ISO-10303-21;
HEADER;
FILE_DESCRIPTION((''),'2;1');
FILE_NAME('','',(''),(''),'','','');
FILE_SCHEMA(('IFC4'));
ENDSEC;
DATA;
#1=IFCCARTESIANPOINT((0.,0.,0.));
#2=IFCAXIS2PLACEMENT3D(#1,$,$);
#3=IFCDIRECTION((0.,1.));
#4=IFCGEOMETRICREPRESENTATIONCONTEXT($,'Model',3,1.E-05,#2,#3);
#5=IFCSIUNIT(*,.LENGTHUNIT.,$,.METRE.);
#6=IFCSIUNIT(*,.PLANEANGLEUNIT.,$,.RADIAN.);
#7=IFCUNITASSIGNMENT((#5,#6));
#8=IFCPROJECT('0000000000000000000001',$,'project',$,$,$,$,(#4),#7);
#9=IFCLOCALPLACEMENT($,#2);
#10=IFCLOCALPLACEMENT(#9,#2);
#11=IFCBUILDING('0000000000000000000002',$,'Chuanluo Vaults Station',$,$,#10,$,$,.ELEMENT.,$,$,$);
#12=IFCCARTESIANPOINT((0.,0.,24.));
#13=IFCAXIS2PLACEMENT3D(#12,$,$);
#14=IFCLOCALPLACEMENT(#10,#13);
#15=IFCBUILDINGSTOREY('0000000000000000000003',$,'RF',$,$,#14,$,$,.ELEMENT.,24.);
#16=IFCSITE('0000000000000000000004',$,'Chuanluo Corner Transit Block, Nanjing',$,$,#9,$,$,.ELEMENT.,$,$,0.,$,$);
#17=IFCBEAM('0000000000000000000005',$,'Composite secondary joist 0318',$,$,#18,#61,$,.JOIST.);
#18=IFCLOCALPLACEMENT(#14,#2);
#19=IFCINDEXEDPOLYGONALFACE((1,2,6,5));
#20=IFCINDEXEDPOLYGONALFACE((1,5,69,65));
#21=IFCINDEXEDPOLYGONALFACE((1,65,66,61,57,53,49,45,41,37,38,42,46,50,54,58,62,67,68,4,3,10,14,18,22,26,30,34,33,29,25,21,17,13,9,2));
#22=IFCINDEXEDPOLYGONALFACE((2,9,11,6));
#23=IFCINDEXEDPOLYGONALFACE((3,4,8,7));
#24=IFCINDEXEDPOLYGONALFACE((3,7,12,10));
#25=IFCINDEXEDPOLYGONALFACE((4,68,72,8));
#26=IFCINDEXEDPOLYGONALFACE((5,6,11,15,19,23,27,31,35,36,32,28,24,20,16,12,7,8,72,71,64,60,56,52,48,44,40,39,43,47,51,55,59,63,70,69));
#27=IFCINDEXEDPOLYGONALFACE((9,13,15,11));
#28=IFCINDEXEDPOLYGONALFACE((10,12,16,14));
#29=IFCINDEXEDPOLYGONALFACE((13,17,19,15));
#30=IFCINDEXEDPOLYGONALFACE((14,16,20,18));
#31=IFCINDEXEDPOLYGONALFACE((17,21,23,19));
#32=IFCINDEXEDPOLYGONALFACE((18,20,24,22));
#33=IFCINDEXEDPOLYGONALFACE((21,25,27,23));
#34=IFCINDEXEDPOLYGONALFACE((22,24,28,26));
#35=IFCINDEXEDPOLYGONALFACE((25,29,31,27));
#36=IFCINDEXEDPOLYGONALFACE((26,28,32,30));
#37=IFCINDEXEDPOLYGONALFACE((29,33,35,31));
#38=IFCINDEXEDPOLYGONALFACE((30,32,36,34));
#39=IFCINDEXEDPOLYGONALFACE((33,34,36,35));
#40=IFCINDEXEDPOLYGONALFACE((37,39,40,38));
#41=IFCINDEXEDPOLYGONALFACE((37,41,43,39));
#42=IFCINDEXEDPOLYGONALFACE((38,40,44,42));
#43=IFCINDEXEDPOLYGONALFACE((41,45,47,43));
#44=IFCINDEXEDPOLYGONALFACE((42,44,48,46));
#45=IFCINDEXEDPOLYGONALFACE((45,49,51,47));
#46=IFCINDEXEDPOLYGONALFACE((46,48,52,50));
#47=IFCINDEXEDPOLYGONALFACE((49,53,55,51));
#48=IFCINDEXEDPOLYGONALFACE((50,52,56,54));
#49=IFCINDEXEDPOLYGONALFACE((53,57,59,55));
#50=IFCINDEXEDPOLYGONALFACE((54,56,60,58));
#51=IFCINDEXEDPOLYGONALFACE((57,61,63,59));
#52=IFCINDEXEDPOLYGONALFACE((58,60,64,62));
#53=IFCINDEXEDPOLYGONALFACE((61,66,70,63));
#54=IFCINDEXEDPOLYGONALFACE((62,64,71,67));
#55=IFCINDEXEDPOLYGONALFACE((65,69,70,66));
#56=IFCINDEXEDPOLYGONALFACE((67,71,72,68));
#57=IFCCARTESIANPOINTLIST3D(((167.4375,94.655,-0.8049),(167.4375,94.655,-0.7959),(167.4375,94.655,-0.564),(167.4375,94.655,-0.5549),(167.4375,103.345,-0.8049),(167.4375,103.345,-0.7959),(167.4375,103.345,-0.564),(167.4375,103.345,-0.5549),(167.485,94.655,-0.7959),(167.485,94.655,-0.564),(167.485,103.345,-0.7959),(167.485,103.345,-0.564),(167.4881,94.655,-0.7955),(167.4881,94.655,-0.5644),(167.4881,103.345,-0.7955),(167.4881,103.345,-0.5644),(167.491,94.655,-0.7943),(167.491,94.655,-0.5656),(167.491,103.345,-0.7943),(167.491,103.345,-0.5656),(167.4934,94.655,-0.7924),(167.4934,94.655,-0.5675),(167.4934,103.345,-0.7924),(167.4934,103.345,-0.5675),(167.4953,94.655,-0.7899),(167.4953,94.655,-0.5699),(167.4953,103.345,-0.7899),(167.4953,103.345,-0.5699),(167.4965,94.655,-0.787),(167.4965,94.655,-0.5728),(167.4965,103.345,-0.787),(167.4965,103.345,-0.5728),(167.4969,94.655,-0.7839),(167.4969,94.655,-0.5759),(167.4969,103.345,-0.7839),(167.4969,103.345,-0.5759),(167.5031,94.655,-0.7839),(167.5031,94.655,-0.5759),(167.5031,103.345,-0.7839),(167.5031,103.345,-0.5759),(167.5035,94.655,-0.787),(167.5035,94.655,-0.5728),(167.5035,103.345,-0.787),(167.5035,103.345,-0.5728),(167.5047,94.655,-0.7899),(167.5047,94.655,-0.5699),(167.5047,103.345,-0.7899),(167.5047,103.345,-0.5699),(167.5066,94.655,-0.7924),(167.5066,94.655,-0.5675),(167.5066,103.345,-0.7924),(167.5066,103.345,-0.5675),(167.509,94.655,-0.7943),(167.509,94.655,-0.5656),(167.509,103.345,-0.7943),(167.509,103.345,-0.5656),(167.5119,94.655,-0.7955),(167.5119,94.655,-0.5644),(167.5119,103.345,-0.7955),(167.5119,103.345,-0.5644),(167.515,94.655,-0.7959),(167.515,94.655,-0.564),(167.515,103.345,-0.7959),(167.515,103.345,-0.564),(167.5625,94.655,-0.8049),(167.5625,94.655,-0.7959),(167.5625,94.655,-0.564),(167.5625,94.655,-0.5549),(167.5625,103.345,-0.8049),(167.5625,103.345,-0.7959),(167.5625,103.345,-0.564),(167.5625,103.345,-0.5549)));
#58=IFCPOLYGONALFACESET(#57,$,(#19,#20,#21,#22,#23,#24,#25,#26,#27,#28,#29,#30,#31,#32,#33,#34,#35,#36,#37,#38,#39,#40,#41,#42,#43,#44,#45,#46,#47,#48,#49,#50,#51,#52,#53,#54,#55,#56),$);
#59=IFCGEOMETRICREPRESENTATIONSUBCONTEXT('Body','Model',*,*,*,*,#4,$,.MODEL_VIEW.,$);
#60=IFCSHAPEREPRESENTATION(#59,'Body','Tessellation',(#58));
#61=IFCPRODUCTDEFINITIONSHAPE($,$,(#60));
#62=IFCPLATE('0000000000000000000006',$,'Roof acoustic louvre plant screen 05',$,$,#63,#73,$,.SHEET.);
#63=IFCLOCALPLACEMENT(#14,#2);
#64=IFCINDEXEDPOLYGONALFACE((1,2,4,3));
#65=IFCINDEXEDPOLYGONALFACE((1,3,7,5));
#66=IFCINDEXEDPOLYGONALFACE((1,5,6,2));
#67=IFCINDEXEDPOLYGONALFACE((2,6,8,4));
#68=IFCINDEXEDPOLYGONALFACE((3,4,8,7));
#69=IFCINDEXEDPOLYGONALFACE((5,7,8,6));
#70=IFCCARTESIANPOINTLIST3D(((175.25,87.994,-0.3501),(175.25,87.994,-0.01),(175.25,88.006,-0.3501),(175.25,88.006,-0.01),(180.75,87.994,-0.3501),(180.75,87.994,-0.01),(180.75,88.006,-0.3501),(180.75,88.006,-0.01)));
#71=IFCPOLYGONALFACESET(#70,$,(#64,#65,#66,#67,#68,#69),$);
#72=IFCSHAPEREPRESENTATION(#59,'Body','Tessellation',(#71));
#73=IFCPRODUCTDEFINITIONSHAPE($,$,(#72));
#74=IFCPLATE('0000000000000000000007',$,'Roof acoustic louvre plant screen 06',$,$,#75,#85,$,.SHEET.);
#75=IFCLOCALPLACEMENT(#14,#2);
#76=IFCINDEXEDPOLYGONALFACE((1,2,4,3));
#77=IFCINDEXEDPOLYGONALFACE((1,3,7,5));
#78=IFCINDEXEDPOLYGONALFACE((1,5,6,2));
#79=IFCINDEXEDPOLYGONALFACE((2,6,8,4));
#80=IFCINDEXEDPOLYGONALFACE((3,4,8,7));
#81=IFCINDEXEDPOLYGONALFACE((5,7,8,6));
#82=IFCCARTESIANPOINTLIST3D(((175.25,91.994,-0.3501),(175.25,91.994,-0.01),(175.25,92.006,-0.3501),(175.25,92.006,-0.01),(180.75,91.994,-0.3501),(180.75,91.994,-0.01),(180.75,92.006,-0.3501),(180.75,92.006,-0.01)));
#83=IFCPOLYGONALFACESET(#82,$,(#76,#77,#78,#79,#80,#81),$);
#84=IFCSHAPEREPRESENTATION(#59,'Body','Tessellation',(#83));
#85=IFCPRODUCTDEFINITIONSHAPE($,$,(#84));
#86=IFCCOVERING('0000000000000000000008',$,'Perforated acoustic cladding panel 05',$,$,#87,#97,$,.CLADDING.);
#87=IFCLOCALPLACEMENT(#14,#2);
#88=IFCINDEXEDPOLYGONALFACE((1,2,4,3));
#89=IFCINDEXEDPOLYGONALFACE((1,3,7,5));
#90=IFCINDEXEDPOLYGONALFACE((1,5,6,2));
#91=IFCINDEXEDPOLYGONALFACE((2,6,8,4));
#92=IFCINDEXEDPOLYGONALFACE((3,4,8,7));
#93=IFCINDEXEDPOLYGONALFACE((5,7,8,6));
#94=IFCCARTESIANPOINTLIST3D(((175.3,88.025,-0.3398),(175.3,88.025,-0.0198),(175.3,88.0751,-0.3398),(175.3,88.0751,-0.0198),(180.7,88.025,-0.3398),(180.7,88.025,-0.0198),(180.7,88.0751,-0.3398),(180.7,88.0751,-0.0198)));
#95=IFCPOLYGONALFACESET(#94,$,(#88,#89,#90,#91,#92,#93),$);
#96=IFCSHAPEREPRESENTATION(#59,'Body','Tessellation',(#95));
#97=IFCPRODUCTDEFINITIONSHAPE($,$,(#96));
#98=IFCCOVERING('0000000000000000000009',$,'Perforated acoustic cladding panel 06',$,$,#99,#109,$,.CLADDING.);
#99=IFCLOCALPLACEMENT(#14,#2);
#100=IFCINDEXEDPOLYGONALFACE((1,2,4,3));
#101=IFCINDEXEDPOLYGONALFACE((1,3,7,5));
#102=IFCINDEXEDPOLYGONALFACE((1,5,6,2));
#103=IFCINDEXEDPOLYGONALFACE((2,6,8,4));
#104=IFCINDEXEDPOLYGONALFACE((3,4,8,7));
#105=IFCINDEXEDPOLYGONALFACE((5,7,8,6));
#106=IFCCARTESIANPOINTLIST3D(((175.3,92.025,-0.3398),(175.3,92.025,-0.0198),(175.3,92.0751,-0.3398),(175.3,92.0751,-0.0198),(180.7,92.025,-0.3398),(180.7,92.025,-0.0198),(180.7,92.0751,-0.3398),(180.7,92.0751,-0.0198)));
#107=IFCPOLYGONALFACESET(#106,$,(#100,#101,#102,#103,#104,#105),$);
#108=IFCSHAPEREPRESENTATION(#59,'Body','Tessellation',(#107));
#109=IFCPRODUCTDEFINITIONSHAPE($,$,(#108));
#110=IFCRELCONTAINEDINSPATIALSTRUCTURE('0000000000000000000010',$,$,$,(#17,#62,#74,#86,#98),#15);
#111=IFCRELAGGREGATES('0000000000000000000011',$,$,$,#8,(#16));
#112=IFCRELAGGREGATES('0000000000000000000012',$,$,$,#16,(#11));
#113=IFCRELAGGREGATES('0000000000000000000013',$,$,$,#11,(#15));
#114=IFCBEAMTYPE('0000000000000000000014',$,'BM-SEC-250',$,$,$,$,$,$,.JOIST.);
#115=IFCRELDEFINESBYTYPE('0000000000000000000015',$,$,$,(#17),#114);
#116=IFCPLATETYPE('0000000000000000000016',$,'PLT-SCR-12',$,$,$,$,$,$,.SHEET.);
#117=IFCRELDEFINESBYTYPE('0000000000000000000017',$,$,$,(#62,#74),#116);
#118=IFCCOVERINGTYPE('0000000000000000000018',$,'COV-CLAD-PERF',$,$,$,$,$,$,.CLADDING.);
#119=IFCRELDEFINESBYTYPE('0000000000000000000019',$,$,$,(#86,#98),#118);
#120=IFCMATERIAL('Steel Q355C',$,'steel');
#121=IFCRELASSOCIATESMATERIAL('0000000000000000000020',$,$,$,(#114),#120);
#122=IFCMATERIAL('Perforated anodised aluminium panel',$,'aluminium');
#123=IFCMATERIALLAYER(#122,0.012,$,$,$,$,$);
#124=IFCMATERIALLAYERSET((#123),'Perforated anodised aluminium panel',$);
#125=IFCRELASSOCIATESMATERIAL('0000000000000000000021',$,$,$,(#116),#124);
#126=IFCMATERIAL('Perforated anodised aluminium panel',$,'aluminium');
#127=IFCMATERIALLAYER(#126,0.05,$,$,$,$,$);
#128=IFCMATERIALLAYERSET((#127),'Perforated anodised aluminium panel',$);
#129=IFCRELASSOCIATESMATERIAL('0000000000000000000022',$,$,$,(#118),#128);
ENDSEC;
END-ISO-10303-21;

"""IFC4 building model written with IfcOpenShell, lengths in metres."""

from ifc_helpers import new_model, si_unit, direction, frame, origin, origin_2d, place, context, subcontext, project, spatial, rectangle, i_section, extrude, material, layer, layer_set, material_profile, profile_set, type_object, element, save


model = new_model("IFC4")

# Units and contexts
model_context = context("Model", 3, precision=1e-05, world=origin(), true_north=direction((0.0, 1.0)))
body_context = subcontext(model_context, "Body", "Model", "MODEL_VIEW")
ifc_project = project(units=[si_unit("LENGTHUNIT", "METRE"), si_unit("PLANEANGLEUNIT", "RADIAN")], contexts=[model_context])

# Site, building, storey
site_placement = place(None, origin())
site = spatial("IfcSite", under=ifc_project, at=site_placement, Name="Chuanluo Corner Transit Block, Nanjing", CompositionType="ELEMENT", RefElevation=0.0)
building_placement = place(site_placement, origin())
building = spatial("IfcBuilding", under=site, at=building_placement, Name="Chuanluo Vaults Station", CompositionType="ELEMENT")
storey_placement = place(building_placement, frame((0.0, 0.0, 24.0)))
storey = spatial("IfcBuildingStorey", under=building, at=storey_placement, Name="RF", CompositionType="ELEMENT", Elevation=24.0)

# Beam
ifc_material_1 = material(Name="Steel Q355C", Category="steel")
ifc_material_profile_1 = material_profile(ifc_material_1, i_section(OverallWidth=0.125, OverallDepth=0.25, WebThickness=0.0061, FlangeThickness=0.009, FilletRadius=0.012, at=origin_2d()))
ifc_profile_set_1 = profile_set([ifc_material_profile_1], Name="Steel Q355C")
beam_type_1 = type_object("IfcBeamType", Name="BM-SEC-250", PredefinedType="JOIST", material=ifc_profile_set_1)
for number, where, z_axis, x_axis, name in (
    (1, (167.5, 94.655, -0.6799), (0.0, 1.0, 0.0), (-1.0, 0.0, 0.0), "Composite secondary joist 0318"),
):
    element("IfcBeam", number, at=place(storey_placement, frame(where, z_axis=z_axis, x_axis=x_axis)), inside=storey, type_object=beam_type_1, Name=name, PredefinedType="JOIST", context=body_context, shape_type="SweptSolid", body=[
        extrude(i_section(OverallWidth=0.125, OverallDepth=0.25, WebThickness=0.0061, FlangeThickness=0.009, FilletRadius=0.012, at=origin_2d()), origin(), (0.0, 0.0, 1.0), 8.6899),
    ])

# Plates
ifc_material_2 = material(Name="Perforated anodised aluminium panel", Category="aluminium")
ifc_layer_1 = layer(ifc_material_2, 0.012)
ifc_layer_set_1 = layer_set([ifc_layer_1], Name="Perforated anodised aluminium panel")
plate_type = type_object("IfcPlateType", Name="PLT-SCR-12", PredefinedType="SHEET", material=ifc_layer_set_1)
for number, where, z_axis, x_axis, name in (
    (2, (178.0, 88.0, -0.3501), (0.0, 0.0, 1.0), (1.0, 0.0, 0.0), "Roof acoustic louvre plant screen 05"),
    (3, (178.0, 92.0, -0.3501), (0.0, 0.0, 1.0), (1.0, 0.0, 0.0), "Roof acoustic louvre plant screen 06"),
):
    element("IfcPlate", number, at=place(storey_placement, frame(where, z_axis=z_axis, x_axis=x_axis)), inside=storey, type_object=plate_type, Name=name, PredefinedType="SHEET", context=body_context, shape_type="SweptSolid", body=[
        extrude(rectangle(XDim=5.5, YDim=0.012, at=origin_2d()), origin(), (0.0, 0.0, 1.0), 0.3401),
    ])

# Coverings
ifc_material_3 = material(Name="Perforated anodised aluminium panel", Category="aluminium")
ifc_layer_2 = layer(ifc_material_3, 0.05)
ifc_layer_set_2 = layer_set([ifc_layer_2], Name="Perforated anodised aluminium panel")
covering_type = type_object("IfcCoveringType", Name="COV-CLAD-PERF", PredefinedType="CLADDING", material=ifc_layer_set_2)
for number, where, z_axis, x_axis, name in (
    (4, (178.0, 88.05, -0.3398), (0.0, 0.0, 1.0), (1.0, 0.0, 0.0), "Perforated acoustic cladding panel 05"),
    (5, (178.0, 92.05, -0.3398), (0.0, 0.0, 1.0), (1.0, 0.0, 0.0), "Perforated acoustic cladding panel 06"),
):
    element("IfcCovering", number, at=place(storey_placement, frame(where, z_axis=z_axis, x_axis=x_axis)), inside=storey, type_object=covering_type, Name=name, PredefinedType="CLADDING", context=body_context, shape_type="SweptSolid", body=[
        extrude(rectangle(XDim=5.3999, YDim=0.05, at=origin_2d()), origin(), (0.0, 0.0, 1.0), 0.3201),
    ])

save(model, "model.ifc")
